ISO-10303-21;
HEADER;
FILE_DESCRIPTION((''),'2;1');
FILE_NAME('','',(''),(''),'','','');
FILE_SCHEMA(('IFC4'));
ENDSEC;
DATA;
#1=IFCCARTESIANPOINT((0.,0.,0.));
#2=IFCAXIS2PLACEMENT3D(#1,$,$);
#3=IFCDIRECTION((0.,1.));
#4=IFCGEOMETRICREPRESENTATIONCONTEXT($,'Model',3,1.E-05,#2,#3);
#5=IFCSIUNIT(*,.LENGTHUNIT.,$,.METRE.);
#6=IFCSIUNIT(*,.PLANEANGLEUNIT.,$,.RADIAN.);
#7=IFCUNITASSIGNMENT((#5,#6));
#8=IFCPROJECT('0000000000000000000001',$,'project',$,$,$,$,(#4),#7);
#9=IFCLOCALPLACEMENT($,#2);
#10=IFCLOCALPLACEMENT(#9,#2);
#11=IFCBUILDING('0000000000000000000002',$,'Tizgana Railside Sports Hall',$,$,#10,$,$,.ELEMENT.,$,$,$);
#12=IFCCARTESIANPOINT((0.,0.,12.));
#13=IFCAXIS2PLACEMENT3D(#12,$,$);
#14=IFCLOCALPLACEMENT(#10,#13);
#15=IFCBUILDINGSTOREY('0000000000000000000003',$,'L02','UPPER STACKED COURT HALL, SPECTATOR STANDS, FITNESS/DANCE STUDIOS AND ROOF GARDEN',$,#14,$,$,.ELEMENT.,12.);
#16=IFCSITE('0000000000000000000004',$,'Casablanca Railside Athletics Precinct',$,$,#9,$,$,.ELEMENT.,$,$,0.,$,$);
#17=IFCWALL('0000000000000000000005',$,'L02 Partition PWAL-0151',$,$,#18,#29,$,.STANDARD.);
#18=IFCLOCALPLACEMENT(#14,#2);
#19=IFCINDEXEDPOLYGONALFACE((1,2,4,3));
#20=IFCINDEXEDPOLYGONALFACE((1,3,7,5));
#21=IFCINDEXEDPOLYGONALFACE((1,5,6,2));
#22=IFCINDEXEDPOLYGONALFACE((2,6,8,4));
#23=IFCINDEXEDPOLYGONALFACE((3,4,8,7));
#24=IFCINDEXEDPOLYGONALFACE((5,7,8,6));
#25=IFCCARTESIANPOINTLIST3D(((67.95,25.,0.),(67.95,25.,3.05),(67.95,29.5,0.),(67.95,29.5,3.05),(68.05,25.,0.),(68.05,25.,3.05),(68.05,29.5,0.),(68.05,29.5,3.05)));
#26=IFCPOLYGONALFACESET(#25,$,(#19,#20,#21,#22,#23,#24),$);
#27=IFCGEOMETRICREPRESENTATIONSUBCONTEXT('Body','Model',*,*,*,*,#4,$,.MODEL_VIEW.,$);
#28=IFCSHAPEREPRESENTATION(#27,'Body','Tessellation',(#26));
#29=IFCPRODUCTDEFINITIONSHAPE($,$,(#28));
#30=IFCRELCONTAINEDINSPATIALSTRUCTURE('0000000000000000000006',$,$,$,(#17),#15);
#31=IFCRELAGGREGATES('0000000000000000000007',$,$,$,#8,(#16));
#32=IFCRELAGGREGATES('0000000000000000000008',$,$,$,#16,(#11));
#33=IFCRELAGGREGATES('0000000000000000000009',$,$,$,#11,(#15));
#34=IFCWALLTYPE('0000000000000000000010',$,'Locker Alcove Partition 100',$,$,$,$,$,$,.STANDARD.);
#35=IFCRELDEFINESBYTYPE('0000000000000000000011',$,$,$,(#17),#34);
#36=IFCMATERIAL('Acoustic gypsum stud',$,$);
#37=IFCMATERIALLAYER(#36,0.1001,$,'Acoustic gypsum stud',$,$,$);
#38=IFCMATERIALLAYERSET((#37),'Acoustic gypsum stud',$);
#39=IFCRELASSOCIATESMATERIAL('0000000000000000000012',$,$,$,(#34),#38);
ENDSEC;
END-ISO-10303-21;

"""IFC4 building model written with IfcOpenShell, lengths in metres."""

from ifc_helpers import new_model, si_unit, direction, frame, frame_2d, origin, place, context, subcontext, project, spatial, rectangle, extrude, material, layer, layer_set, type_object, element, save


model = new_model("IFC4")

# Units and contexts
model_context = context("Model", 3, precision=1e-05, world=origin(), true_north=direction((0.0, 1.0)))
body_context = subcontext(model_context, "Body", "Model", "MODEL_VIEW")
ifc_project = project(units=[si_unit("LENGTHUNIT", "METRE"), si_unit("PLANEANGLEUNIT", "RADIAN")], contexts=[model_context])

# Site, building, storey
site_placement = place(None, origin())
site = spatial("IfcSite", under=ifc_project, at=site_placement, Name="Casablanca Railside Athletics Precinct", CompositionType="ELEMENT", RefElevation=0.0)
building_placement = place(site_placement, origin())
building = spatial("IfcBuilding", under=site, at=building_placement, Name="Tizgana Railside Sports Hall", CompositionType="ELEMENT")
storey_placement = place(building_placement, frame((0.0, 0.0, 12.0)))
storey = spatial("IfcBuildingStorey", under=building, at=storey_placement, Name="L02", Description="UPPER STACKED COURT HALL, SPECTATOR STANDS, FITNESS/DANCE STUDIOS AND ROOF GARDEN", CompositionType="ELEMENT", Elevation=12.0)

# Wall
ifc_material_1 = material(Name="Acoustic gypsum stud")
ifc_layer_1 = layer(ifc_material_1, 0.1001, Name="Acoustic gypsum stud")
ifc_layer_set_1 = layer_set([ifc_layer_1], Name="Acoustic gypsum stud")
wall_type_1 = type_object("IfcWallType", Name="Locker Alcove Partition 100", PredefinedType="STANDARD", material=ifc_layer_set_1)
for number, where, z_axis, x_axis, name in (
    (1, (68.0, 25.0, 0.0), (0.0, 0.0, 1.0), (0.0, 1.0, 0.0), "L02 Partition PWAL-0151"),
):
    element("IfcWall", number, at=place(storey_placement, frame(where, z_axis=z_axis, x_axis=x_axis)), inside=storey, type_object=wall_type_1, Name=name, PredefinedType="STANDARD", context=body_context, shape_type="SweptSolid", body=[
        extrude(rectangle(XDim=4.5, YDim=0.1001, at=frame_2d((2.25, 0.0))), origin(), (0.0, 0.0, 1.0), 3.05),
    ])

save(model, "model.ifc")
